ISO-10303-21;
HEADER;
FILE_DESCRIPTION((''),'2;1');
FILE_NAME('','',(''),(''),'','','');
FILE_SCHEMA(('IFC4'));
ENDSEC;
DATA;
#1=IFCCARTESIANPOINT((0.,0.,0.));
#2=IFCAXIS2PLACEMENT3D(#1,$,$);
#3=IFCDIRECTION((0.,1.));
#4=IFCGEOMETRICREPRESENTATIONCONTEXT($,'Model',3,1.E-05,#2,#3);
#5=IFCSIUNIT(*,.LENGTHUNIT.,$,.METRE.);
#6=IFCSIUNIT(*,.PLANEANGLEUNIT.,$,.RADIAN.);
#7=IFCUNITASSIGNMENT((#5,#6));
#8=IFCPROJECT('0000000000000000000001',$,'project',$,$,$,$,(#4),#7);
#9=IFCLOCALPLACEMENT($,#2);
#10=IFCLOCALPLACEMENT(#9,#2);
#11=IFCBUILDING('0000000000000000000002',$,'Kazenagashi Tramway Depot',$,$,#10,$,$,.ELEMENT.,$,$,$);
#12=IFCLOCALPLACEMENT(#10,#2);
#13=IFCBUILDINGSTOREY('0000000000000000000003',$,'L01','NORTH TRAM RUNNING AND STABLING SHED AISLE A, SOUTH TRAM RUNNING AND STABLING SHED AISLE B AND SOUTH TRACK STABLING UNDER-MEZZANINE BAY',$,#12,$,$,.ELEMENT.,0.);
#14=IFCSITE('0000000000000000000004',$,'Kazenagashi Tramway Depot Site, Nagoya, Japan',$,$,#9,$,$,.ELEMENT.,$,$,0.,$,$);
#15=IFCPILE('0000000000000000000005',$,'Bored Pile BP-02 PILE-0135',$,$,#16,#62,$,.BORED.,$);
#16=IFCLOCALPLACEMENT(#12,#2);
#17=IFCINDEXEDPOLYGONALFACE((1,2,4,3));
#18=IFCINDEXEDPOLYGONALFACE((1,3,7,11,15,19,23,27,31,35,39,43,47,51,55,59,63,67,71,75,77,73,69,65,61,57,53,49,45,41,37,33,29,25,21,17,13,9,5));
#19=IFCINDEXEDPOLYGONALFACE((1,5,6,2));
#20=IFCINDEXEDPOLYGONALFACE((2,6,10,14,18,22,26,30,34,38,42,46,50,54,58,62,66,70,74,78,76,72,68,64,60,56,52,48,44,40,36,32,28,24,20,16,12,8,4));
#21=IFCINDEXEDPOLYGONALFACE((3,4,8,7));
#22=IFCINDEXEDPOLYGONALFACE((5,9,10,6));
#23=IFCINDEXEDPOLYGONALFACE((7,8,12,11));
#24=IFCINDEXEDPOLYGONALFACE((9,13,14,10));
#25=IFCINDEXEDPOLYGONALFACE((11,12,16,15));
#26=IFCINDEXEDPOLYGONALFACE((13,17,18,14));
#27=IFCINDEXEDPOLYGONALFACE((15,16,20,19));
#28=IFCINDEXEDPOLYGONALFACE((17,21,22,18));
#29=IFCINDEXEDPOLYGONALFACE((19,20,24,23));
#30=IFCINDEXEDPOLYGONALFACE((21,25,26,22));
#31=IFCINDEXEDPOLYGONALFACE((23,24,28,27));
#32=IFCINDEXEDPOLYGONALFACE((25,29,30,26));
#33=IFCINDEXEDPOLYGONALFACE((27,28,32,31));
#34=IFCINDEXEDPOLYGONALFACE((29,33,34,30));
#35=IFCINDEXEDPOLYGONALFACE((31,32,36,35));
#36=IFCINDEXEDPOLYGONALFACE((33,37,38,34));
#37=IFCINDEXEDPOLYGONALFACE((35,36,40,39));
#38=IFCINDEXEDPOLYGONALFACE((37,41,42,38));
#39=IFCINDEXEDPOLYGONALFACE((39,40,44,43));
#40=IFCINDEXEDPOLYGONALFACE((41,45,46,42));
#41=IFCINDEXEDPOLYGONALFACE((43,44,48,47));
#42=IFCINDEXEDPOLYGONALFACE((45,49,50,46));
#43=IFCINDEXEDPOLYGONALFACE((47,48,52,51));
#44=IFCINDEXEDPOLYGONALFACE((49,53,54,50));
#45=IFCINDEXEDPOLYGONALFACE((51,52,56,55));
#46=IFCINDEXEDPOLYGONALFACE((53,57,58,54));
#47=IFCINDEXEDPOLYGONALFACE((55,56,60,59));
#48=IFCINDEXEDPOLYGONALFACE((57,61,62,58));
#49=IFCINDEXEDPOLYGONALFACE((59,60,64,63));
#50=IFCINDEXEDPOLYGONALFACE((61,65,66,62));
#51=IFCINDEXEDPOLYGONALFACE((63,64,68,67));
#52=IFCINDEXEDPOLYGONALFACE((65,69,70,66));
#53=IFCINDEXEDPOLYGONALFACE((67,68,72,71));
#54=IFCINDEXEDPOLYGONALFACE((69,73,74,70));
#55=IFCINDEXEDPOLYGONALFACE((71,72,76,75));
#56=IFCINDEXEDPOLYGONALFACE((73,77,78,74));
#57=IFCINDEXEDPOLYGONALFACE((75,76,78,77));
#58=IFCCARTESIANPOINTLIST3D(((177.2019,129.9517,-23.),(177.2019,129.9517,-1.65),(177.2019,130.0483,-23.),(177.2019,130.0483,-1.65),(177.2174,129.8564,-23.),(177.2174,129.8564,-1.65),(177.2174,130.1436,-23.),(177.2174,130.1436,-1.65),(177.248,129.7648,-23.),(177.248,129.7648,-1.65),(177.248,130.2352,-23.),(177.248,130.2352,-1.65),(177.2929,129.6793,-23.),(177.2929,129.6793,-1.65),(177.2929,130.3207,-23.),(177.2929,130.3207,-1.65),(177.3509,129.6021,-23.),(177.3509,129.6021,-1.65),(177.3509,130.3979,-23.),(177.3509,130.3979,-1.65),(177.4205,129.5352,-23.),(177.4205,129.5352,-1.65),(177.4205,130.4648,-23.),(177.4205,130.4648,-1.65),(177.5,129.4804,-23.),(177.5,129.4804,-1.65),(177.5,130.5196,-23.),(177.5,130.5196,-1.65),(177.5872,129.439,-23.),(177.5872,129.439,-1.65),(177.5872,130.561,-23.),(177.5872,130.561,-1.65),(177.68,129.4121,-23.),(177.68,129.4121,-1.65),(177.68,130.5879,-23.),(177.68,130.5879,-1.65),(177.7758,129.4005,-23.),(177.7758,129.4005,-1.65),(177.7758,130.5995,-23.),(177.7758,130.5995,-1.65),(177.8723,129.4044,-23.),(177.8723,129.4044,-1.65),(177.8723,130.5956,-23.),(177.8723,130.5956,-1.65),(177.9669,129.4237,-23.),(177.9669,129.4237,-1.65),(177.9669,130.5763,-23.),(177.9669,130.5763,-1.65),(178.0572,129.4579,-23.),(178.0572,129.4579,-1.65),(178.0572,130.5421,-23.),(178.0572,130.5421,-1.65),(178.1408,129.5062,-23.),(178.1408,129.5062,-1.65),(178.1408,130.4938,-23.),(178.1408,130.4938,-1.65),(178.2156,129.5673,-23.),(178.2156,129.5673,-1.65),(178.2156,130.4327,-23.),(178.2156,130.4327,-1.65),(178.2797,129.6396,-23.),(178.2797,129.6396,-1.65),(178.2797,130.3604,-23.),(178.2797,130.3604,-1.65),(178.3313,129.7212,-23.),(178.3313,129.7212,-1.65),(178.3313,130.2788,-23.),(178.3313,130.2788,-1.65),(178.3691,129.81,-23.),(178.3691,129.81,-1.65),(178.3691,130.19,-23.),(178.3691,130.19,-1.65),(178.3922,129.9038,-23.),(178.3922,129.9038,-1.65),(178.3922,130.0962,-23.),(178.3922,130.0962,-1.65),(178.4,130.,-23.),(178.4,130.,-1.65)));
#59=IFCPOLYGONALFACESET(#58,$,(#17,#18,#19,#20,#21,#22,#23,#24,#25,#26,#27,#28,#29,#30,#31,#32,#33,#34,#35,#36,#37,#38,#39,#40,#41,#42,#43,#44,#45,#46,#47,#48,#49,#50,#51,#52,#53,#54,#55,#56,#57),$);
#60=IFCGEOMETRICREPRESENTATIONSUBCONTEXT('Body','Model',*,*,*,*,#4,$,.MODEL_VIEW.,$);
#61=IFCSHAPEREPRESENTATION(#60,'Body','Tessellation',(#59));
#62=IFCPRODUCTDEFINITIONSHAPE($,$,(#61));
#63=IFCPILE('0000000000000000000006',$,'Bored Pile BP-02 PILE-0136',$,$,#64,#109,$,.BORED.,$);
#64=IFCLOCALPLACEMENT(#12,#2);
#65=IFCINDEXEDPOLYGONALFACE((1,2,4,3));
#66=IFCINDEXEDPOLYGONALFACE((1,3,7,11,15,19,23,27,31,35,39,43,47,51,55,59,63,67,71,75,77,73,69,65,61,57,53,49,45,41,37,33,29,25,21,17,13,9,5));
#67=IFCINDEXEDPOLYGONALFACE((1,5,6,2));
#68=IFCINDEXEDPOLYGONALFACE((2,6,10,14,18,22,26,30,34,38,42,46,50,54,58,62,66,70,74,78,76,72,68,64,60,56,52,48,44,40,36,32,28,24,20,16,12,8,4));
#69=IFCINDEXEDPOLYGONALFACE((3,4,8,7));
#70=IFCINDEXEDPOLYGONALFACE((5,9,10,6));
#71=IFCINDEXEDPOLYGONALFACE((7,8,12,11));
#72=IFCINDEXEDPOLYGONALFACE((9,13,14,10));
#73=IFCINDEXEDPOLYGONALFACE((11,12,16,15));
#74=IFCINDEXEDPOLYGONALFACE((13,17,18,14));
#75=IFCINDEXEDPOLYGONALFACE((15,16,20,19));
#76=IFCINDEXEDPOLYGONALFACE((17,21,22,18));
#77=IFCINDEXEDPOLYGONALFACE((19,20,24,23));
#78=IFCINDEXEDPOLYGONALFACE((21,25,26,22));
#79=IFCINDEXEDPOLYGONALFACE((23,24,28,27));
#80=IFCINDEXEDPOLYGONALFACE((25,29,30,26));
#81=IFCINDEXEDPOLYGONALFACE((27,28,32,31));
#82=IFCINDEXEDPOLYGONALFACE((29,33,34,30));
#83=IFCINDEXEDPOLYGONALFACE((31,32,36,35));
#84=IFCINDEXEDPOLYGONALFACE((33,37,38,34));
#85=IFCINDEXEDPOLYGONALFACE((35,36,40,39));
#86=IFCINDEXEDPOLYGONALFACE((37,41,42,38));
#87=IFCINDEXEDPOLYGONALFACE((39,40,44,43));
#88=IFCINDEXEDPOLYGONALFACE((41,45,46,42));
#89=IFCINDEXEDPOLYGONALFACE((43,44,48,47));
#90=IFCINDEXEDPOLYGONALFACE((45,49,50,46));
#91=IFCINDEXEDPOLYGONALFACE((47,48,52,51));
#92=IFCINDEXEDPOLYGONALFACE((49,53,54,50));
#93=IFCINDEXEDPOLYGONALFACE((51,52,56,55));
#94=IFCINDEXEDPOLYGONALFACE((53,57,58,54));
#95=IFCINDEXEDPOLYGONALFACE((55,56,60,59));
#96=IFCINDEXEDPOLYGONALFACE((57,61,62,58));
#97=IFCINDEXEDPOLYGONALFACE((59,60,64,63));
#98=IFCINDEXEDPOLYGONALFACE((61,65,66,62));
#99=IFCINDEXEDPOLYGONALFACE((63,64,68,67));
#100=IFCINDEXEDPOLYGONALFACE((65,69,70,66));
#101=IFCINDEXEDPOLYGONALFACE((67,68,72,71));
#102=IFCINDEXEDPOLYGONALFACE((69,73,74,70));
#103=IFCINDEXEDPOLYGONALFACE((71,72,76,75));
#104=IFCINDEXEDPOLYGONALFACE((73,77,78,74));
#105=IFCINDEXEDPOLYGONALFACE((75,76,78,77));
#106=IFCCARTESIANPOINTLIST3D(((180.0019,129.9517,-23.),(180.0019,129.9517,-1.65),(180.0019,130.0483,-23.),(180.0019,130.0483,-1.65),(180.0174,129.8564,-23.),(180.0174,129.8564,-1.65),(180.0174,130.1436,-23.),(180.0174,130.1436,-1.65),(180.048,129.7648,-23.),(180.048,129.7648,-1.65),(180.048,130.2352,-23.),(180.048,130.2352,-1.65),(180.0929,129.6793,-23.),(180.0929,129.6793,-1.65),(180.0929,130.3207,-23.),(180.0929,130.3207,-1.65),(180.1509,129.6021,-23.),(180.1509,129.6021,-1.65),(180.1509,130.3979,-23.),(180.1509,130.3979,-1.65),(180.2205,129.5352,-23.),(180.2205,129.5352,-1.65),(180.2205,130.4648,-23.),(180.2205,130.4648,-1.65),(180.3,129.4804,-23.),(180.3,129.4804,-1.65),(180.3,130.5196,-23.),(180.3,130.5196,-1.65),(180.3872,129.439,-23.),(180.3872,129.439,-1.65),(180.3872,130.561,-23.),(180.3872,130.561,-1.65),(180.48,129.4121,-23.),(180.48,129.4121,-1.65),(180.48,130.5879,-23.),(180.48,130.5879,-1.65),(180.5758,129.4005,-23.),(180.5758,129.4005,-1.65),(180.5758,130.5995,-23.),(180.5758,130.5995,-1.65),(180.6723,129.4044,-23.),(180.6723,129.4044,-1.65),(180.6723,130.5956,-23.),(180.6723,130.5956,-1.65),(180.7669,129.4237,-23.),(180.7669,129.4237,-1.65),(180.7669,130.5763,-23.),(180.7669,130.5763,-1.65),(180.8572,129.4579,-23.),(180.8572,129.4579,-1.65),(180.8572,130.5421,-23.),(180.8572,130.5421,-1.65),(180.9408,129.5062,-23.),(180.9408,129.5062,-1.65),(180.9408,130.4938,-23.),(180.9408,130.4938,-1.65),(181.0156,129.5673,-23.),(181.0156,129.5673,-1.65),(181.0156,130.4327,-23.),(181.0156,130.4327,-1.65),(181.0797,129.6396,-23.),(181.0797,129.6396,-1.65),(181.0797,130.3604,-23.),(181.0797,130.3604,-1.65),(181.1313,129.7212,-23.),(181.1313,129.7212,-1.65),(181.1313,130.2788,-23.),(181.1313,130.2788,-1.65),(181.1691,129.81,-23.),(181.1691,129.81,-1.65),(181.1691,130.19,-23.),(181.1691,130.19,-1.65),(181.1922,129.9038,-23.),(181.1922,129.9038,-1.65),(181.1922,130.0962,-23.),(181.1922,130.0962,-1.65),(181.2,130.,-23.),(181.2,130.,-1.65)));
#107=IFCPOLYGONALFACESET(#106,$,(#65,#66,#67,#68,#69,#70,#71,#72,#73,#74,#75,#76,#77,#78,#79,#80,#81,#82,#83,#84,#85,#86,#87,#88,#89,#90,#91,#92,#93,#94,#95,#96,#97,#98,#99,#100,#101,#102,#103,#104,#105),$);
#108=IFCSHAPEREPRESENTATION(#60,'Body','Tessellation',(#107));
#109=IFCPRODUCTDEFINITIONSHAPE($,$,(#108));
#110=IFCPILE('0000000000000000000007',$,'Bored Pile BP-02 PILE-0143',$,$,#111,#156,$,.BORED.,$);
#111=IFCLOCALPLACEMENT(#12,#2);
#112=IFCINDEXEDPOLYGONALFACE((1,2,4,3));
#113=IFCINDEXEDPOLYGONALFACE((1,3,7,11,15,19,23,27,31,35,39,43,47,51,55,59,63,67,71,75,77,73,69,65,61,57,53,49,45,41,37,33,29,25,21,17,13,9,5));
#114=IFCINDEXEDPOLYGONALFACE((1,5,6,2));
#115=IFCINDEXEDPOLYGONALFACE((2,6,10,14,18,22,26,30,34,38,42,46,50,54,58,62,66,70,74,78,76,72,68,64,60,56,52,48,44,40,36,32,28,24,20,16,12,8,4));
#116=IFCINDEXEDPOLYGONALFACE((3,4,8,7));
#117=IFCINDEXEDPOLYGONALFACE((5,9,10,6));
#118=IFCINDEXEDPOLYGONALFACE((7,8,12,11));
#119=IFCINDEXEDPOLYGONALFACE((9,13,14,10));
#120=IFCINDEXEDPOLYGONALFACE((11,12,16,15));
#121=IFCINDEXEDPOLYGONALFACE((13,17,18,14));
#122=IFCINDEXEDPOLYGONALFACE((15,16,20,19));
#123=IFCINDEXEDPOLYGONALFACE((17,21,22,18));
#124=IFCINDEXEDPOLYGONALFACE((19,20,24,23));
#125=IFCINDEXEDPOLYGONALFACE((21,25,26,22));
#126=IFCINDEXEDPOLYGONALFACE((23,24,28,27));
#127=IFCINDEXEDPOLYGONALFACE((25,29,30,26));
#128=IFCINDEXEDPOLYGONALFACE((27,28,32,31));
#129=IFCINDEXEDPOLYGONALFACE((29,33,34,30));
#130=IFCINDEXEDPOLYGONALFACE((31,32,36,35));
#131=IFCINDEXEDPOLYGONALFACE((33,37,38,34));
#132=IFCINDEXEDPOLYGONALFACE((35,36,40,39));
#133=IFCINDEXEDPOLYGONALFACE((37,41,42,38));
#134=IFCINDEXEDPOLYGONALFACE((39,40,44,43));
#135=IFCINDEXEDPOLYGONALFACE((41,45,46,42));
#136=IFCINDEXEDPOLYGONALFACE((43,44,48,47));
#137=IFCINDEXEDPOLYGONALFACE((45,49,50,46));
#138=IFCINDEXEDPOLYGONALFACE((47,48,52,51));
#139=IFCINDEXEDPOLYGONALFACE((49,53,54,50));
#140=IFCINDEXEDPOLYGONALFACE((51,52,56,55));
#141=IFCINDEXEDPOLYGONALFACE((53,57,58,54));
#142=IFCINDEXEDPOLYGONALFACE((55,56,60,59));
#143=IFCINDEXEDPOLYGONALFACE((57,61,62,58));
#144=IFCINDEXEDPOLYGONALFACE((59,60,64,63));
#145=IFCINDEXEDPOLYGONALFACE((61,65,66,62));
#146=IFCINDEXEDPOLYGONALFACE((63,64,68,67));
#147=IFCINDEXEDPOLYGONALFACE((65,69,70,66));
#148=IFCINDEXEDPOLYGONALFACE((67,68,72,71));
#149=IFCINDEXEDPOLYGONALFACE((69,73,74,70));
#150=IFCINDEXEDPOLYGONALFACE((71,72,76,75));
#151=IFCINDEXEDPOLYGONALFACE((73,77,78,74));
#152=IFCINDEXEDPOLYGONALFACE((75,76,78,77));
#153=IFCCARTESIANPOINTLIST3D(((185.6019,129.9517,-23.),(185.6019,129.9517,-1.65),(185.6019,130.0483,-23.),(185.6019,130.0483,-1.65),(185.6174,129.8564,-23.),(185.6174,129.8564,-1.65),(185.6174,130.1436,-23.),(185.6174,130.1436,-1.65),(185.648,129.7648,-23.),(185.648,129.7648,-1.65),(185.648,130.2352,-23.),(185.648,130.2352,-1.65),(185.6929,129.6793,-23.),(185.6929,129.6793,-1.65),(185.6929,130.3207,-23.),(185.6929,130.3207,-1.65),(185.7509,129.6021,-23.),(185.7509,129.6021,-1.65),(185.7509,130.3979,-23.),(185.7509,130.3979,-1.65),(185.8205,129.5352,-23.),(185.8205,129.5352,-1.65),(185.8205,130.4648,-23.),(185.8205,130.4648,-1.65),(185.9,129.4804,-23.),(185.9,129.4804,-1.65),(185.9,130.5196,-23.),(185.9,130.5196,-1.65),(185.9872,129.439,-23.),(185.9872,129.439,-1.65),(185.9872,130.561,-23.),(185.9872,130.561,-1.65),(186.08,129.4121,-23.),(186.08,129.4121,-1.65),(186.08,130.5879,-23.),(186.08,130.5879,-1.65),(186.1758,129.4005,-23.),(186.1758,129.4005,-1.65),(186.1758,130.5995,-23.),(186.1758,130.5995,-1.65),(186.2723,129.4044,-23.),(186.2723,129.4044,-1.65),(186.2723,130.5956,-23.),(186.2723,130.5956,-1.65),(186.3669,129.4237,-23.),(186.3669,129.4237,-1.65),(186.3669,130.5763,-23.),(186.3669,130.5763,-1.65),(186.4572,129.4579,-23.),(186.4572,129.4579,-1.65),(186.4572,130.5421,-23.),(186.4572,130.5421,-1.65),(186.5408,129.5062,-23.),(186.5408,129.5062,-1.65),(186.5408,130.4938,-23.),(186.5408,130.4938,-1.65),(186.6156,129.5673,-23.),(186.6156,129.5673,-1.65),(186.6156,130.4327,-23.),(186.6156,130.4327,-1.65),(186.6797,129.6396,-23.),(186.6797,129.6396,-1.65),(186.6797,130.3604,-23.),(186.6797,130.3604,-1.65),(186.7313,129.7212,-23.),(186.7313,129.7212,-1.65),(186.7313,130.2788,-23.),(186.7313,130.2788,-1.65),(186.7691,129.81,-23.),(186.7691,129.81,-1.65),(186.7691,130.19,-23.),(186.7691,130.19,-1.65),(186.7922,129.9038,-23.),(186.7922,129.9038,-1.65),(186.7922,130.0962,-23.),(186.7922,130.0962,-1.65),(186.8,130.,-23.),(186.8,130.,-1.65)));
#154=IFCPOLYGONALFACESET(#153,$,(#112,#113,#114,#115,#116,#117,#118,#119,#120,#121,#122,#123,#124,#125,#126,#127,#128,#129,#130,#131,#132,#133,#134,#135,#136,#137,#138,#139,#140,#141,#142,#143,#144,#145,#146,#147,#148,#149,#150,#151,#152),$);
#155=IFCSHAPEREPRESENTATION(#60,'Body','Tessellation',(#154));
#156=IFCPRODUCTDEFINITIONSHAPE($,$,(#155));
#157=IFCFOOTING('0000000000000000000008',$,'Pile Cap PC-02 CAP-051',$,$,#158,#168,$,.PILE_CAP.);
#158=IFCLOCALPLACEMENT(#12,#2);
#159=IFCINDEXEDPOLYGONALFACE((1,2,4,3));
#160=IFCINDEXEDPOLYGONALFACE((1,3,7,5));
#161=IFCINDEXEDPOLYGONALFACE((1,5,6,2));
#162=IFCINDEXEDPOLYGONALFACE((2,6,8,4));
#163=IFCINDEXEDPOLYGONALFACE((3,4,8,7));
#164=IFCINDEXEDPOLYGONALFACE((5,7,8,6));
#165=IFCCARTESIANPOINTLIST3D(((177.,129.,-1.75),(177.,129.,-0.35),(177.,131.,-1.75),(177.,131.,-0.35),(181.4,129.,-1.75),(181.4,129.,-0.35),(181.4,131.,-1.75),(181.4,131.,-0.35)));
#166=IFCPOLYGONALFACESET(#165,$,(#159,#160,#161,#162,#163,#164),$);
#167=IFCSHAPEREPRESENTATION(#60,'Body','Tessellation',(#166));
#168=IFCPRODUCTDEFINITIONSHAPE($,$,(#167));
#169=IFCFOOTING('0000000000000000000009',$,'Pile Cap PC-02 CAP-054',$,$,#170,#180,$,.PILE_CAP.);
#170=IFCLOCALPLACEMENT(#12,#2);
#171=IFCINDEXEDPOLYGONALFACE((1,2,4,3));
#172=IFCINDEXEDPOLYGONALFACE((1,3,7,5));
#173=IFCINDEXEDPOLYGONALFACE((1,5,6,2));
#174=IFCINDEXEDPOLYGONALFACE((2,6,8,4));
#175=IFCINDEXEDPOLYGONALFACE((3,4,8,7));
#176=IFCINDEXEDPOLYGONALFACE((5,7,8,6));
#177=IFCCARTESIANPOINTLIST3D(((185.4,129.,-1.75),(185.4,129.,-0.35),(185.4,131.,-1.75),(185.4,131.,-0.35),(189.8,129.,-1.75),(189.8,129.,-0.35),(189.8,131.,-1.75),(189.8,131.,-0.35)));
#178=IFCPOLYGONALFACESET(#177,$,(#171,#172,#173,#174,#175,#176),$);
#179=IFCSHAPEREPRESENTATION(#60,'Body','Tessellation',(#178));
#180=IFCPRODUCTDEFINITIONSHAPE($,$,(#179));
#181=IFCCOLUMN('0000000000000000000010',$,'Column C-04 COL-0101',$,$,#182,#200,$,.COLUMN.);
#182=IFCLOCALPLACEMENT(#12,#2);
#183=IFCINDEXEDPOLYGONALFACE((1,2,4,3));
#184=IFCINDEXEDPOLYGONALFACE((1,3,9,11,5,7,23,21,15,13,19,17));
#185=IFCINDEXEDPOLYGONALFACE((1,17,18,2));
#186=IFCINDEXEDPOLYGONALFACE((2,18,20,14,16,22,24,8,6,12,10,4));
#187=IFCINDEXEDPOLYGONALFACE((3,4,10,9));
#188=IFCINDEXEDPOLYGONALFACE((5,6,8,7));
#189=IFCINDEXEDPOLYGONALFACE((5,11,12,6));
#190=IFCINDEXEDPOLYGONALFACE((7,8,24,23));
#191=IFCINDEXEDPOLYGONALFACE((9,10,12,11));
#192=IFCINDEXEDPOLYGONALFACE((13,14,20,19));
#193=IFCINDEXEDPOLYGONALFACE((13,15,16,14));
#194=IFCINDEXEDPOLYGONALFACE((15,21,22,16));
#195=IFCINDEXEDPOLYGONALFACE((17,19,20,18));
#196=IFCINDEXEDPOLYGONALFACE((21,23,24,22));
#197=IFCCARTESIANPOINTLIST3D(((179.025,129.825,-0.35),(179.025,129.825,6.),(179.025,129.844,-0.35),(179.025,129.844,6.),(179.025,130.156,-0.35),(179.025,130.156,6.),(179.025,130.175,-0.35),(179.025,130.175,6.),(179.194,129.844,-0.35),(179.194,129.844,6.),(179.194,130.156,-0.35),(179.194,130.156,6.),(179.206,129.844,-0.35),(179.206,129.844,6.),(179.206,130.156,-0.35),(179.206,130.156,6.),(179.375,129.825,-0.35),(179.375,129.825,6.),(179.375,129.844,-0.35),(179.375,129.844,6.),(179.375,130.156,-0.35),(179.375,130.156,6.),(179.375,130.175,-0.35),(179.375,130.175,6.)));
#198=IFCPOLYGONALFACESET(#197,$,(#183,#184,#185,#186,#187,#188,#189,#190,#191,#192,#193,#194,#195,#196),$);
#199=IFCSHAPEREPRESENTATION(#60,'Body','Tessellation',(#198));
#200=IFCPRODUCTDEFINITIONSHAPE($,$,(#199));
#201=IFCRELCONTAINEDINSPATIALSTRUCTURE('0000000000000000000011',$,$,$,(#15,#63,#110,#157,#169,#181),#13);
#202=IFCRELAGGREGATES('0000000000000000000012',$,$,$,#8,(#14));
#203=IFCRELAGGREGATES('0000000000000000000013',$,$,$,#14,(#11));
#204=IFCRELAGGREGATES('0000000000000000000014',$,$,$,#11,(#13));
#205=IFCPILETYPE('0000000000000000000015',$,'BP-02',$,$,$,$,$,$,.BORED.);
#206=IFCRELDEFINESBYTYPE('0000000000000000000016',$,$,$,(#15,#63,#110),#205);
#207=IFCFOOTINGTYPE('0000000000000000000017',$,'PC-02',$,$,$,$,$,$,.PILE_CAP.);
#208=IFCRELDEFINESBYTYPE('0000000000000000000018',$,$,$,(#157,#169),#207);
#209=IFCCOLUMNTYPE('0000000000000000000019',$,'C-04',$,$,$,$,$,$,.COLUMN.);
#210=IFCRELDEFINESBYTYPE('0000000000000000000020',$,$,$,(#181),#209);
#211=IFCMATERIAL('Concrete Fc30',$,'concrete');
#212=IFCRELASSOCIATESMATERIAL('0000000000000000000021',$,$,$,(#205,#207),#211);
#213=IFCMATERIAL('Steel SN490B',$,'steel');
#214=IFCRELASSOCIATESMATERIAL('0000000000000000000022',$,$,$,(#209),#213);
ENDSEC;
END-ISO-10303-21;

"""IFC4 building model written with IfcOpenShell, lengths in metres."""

from ifc_helpers import new_model, si_unit, direction, frame, origin, origin_2d, place, context, subcontext, project, spatial, rectangle, circle, i_section, extrude, material, material_profile, profile_set, type_object, element, save


model = new_model("IFC4")

# Units and contexts
model_context = context("Model", 3, precision=1e-05, world=origin(), true_north=direction((0.0, 1.0)))
body_context = subcontext(model_context, "Body", "Model", "MODEL_VIEW")
ifc_project = project(units=[si_unit("LENGTHUNIT", "METRE"), si_unit("PLANEANGLEUNIT", "RADIAN")], contexts=[model_context])

# Site, building, storey
site_placement = place(None, origin())
site = spatial("IfcSite", under=ifc_project, at=site_placement, Name="Kazenagashi Tramway Depot Site, Nagoya, Japan", CompositionType="ELEMENT", RefElevation=0.0)
building_placement = place(site_placement, origin())
building = spatial("IfcBuilding", under=site, at=building_placement, Name="Kazenagashi Tramway Depot", CompositionType="ELEMENT")
storey_placement = place(building_placement, origin())
storey = spatial("IfcBuildingStorey", under=building, at=storey_placement, Name="L01", Description="NORTH TRAM RUNNING AND STABLING SHED AISLE A, SOUTH TRAM RUNNING AND STABLING SHED AISLE B AND SOUTH TRACK STABLING UNDER-MEZZANINE BAY", CompositionType="ELEMENT", Elevation=0.0)

# Piles
ifc_material_1 = material(Name="Concrete Fc30", Category="concrete")
ifc_material_profile_1 = material_profile(ifc_material_1, circle(Radius=0.6, at=origin_2d()), Name="PILE-1200")
ifc_profile_set_1 = profile_set([ifc_material_profile_1], Name="Concrete Fc30")
pile_type = type_object("IfcPileType", Name="BP-02", PredefinedType="BORED", material=ifc_profile_set_1)
for number, where, z_axis, x_axis, name in (
    (1, (177.8, 130.0, -1.65), (0.0, 0.0, -1.0), (1.0, 0.0, 0.0), "Bored Pile BP-02 PILE-0135"),
    (2, (180.6, 130.0, -1.65), (0.0, 0.0, -1.0), (1.0, 0.0, 0.0), "Bored Pile BP-02 PILE-0136"),
    (3, (186.2, 130.0, -1.65), (0.0, 0.0, -1.0), (1.0, 0.0, 0.0), "Bored Pile BP-02 PILE-0143"),
):
    element("IfcPile", number, at=place(storey_placement, frame(where, z_axis=z_axis, x_axis=x_axis)), inside=storey, type_object=pile_type, Name=name, PredefinedType="BORED", context=body_context, shape_type="SweptSolid", body=[
        extrude(circle(Radius=0.6, at=origin_2d()), origin(), (0.0, 0.0, 1.0), 21.35),
    ])

# Footings
footing_type = type_object("IfcFootingType", Name="PC-02", PredefinedType="PILE_CAP", material=ifc_material_1)
for number, where, z_axis, x_axis, name in (
    (4, (179.2, 130.0, -1.75), (0.0, 0.0, 1.0), (1.0, 0.0, 0.0), "Pile Cap PC-02 CAP-051"),
    (5, (187.6, 130.0, -1.75), (0.0, 0.0, 1.0), (1.0, 0.0, 0.0), "Pile Cap PC-02 CAP-054"),
):
    element("IfcFooting", number, at=place(storey_placement, frame(where, z_axis=z_axis, x_axis=x_axis)), inside=storey, type_object=footing_type, Name=name, PredefinedType="PILE_CAP", context=body_context, shape_type="SweptSolid", body=[
        extrude(rectangle(XDim=4.4, YDim=2.0, at=origin_2d()), origin(), (0.0, 0.0, 1.0), 1.4),
    ])

# Column
ifc_material_2 = material(Name="Steel SN490B", Category="steel")
ifc_material_profile_2 = material_profile(ifc_material_2, i_section(OverallWidth=0.35, OverallDepth=0.35, WebThickness=0.012, FlangeThickness=0.019, at=origin_2d()), Name="H-350x350x12x19")
ifc_profile_set_2 = profile_set([ifc_material_profile_2], Name="Steel SN490B")
column_type = type_object("IfcColumnType", Name="C-04", PredefinedType="COLUMN", material=ifc_profile_set_2)
for number, where, z_axis, x_axis, name in (
    (6, (179.2, 130.0, -0.35), (0.0, 0.0, 1.0), (1.0, 0.0, 0.0), "Column C-04 COL-0101"),
):
    element("IfcColumn", number, at=place(storey_placement, frame(where, z_axis=z_axis, x_axis=x_axis)), inside=storey, type_object=column_type, Name=name, PredefinedType="COLUMN", context=body_context, shape_type="SweptSolid", body=[
        extrude(i_section(OverallWidth=0.35, OverallDepth=0.35, WebThickness=0.012, FlangeThickness=0.019, at=origin_2d()), origin(), (0.0, 0.0, 1.0), 6.35),
    ])

save(model, "model.ifc")
